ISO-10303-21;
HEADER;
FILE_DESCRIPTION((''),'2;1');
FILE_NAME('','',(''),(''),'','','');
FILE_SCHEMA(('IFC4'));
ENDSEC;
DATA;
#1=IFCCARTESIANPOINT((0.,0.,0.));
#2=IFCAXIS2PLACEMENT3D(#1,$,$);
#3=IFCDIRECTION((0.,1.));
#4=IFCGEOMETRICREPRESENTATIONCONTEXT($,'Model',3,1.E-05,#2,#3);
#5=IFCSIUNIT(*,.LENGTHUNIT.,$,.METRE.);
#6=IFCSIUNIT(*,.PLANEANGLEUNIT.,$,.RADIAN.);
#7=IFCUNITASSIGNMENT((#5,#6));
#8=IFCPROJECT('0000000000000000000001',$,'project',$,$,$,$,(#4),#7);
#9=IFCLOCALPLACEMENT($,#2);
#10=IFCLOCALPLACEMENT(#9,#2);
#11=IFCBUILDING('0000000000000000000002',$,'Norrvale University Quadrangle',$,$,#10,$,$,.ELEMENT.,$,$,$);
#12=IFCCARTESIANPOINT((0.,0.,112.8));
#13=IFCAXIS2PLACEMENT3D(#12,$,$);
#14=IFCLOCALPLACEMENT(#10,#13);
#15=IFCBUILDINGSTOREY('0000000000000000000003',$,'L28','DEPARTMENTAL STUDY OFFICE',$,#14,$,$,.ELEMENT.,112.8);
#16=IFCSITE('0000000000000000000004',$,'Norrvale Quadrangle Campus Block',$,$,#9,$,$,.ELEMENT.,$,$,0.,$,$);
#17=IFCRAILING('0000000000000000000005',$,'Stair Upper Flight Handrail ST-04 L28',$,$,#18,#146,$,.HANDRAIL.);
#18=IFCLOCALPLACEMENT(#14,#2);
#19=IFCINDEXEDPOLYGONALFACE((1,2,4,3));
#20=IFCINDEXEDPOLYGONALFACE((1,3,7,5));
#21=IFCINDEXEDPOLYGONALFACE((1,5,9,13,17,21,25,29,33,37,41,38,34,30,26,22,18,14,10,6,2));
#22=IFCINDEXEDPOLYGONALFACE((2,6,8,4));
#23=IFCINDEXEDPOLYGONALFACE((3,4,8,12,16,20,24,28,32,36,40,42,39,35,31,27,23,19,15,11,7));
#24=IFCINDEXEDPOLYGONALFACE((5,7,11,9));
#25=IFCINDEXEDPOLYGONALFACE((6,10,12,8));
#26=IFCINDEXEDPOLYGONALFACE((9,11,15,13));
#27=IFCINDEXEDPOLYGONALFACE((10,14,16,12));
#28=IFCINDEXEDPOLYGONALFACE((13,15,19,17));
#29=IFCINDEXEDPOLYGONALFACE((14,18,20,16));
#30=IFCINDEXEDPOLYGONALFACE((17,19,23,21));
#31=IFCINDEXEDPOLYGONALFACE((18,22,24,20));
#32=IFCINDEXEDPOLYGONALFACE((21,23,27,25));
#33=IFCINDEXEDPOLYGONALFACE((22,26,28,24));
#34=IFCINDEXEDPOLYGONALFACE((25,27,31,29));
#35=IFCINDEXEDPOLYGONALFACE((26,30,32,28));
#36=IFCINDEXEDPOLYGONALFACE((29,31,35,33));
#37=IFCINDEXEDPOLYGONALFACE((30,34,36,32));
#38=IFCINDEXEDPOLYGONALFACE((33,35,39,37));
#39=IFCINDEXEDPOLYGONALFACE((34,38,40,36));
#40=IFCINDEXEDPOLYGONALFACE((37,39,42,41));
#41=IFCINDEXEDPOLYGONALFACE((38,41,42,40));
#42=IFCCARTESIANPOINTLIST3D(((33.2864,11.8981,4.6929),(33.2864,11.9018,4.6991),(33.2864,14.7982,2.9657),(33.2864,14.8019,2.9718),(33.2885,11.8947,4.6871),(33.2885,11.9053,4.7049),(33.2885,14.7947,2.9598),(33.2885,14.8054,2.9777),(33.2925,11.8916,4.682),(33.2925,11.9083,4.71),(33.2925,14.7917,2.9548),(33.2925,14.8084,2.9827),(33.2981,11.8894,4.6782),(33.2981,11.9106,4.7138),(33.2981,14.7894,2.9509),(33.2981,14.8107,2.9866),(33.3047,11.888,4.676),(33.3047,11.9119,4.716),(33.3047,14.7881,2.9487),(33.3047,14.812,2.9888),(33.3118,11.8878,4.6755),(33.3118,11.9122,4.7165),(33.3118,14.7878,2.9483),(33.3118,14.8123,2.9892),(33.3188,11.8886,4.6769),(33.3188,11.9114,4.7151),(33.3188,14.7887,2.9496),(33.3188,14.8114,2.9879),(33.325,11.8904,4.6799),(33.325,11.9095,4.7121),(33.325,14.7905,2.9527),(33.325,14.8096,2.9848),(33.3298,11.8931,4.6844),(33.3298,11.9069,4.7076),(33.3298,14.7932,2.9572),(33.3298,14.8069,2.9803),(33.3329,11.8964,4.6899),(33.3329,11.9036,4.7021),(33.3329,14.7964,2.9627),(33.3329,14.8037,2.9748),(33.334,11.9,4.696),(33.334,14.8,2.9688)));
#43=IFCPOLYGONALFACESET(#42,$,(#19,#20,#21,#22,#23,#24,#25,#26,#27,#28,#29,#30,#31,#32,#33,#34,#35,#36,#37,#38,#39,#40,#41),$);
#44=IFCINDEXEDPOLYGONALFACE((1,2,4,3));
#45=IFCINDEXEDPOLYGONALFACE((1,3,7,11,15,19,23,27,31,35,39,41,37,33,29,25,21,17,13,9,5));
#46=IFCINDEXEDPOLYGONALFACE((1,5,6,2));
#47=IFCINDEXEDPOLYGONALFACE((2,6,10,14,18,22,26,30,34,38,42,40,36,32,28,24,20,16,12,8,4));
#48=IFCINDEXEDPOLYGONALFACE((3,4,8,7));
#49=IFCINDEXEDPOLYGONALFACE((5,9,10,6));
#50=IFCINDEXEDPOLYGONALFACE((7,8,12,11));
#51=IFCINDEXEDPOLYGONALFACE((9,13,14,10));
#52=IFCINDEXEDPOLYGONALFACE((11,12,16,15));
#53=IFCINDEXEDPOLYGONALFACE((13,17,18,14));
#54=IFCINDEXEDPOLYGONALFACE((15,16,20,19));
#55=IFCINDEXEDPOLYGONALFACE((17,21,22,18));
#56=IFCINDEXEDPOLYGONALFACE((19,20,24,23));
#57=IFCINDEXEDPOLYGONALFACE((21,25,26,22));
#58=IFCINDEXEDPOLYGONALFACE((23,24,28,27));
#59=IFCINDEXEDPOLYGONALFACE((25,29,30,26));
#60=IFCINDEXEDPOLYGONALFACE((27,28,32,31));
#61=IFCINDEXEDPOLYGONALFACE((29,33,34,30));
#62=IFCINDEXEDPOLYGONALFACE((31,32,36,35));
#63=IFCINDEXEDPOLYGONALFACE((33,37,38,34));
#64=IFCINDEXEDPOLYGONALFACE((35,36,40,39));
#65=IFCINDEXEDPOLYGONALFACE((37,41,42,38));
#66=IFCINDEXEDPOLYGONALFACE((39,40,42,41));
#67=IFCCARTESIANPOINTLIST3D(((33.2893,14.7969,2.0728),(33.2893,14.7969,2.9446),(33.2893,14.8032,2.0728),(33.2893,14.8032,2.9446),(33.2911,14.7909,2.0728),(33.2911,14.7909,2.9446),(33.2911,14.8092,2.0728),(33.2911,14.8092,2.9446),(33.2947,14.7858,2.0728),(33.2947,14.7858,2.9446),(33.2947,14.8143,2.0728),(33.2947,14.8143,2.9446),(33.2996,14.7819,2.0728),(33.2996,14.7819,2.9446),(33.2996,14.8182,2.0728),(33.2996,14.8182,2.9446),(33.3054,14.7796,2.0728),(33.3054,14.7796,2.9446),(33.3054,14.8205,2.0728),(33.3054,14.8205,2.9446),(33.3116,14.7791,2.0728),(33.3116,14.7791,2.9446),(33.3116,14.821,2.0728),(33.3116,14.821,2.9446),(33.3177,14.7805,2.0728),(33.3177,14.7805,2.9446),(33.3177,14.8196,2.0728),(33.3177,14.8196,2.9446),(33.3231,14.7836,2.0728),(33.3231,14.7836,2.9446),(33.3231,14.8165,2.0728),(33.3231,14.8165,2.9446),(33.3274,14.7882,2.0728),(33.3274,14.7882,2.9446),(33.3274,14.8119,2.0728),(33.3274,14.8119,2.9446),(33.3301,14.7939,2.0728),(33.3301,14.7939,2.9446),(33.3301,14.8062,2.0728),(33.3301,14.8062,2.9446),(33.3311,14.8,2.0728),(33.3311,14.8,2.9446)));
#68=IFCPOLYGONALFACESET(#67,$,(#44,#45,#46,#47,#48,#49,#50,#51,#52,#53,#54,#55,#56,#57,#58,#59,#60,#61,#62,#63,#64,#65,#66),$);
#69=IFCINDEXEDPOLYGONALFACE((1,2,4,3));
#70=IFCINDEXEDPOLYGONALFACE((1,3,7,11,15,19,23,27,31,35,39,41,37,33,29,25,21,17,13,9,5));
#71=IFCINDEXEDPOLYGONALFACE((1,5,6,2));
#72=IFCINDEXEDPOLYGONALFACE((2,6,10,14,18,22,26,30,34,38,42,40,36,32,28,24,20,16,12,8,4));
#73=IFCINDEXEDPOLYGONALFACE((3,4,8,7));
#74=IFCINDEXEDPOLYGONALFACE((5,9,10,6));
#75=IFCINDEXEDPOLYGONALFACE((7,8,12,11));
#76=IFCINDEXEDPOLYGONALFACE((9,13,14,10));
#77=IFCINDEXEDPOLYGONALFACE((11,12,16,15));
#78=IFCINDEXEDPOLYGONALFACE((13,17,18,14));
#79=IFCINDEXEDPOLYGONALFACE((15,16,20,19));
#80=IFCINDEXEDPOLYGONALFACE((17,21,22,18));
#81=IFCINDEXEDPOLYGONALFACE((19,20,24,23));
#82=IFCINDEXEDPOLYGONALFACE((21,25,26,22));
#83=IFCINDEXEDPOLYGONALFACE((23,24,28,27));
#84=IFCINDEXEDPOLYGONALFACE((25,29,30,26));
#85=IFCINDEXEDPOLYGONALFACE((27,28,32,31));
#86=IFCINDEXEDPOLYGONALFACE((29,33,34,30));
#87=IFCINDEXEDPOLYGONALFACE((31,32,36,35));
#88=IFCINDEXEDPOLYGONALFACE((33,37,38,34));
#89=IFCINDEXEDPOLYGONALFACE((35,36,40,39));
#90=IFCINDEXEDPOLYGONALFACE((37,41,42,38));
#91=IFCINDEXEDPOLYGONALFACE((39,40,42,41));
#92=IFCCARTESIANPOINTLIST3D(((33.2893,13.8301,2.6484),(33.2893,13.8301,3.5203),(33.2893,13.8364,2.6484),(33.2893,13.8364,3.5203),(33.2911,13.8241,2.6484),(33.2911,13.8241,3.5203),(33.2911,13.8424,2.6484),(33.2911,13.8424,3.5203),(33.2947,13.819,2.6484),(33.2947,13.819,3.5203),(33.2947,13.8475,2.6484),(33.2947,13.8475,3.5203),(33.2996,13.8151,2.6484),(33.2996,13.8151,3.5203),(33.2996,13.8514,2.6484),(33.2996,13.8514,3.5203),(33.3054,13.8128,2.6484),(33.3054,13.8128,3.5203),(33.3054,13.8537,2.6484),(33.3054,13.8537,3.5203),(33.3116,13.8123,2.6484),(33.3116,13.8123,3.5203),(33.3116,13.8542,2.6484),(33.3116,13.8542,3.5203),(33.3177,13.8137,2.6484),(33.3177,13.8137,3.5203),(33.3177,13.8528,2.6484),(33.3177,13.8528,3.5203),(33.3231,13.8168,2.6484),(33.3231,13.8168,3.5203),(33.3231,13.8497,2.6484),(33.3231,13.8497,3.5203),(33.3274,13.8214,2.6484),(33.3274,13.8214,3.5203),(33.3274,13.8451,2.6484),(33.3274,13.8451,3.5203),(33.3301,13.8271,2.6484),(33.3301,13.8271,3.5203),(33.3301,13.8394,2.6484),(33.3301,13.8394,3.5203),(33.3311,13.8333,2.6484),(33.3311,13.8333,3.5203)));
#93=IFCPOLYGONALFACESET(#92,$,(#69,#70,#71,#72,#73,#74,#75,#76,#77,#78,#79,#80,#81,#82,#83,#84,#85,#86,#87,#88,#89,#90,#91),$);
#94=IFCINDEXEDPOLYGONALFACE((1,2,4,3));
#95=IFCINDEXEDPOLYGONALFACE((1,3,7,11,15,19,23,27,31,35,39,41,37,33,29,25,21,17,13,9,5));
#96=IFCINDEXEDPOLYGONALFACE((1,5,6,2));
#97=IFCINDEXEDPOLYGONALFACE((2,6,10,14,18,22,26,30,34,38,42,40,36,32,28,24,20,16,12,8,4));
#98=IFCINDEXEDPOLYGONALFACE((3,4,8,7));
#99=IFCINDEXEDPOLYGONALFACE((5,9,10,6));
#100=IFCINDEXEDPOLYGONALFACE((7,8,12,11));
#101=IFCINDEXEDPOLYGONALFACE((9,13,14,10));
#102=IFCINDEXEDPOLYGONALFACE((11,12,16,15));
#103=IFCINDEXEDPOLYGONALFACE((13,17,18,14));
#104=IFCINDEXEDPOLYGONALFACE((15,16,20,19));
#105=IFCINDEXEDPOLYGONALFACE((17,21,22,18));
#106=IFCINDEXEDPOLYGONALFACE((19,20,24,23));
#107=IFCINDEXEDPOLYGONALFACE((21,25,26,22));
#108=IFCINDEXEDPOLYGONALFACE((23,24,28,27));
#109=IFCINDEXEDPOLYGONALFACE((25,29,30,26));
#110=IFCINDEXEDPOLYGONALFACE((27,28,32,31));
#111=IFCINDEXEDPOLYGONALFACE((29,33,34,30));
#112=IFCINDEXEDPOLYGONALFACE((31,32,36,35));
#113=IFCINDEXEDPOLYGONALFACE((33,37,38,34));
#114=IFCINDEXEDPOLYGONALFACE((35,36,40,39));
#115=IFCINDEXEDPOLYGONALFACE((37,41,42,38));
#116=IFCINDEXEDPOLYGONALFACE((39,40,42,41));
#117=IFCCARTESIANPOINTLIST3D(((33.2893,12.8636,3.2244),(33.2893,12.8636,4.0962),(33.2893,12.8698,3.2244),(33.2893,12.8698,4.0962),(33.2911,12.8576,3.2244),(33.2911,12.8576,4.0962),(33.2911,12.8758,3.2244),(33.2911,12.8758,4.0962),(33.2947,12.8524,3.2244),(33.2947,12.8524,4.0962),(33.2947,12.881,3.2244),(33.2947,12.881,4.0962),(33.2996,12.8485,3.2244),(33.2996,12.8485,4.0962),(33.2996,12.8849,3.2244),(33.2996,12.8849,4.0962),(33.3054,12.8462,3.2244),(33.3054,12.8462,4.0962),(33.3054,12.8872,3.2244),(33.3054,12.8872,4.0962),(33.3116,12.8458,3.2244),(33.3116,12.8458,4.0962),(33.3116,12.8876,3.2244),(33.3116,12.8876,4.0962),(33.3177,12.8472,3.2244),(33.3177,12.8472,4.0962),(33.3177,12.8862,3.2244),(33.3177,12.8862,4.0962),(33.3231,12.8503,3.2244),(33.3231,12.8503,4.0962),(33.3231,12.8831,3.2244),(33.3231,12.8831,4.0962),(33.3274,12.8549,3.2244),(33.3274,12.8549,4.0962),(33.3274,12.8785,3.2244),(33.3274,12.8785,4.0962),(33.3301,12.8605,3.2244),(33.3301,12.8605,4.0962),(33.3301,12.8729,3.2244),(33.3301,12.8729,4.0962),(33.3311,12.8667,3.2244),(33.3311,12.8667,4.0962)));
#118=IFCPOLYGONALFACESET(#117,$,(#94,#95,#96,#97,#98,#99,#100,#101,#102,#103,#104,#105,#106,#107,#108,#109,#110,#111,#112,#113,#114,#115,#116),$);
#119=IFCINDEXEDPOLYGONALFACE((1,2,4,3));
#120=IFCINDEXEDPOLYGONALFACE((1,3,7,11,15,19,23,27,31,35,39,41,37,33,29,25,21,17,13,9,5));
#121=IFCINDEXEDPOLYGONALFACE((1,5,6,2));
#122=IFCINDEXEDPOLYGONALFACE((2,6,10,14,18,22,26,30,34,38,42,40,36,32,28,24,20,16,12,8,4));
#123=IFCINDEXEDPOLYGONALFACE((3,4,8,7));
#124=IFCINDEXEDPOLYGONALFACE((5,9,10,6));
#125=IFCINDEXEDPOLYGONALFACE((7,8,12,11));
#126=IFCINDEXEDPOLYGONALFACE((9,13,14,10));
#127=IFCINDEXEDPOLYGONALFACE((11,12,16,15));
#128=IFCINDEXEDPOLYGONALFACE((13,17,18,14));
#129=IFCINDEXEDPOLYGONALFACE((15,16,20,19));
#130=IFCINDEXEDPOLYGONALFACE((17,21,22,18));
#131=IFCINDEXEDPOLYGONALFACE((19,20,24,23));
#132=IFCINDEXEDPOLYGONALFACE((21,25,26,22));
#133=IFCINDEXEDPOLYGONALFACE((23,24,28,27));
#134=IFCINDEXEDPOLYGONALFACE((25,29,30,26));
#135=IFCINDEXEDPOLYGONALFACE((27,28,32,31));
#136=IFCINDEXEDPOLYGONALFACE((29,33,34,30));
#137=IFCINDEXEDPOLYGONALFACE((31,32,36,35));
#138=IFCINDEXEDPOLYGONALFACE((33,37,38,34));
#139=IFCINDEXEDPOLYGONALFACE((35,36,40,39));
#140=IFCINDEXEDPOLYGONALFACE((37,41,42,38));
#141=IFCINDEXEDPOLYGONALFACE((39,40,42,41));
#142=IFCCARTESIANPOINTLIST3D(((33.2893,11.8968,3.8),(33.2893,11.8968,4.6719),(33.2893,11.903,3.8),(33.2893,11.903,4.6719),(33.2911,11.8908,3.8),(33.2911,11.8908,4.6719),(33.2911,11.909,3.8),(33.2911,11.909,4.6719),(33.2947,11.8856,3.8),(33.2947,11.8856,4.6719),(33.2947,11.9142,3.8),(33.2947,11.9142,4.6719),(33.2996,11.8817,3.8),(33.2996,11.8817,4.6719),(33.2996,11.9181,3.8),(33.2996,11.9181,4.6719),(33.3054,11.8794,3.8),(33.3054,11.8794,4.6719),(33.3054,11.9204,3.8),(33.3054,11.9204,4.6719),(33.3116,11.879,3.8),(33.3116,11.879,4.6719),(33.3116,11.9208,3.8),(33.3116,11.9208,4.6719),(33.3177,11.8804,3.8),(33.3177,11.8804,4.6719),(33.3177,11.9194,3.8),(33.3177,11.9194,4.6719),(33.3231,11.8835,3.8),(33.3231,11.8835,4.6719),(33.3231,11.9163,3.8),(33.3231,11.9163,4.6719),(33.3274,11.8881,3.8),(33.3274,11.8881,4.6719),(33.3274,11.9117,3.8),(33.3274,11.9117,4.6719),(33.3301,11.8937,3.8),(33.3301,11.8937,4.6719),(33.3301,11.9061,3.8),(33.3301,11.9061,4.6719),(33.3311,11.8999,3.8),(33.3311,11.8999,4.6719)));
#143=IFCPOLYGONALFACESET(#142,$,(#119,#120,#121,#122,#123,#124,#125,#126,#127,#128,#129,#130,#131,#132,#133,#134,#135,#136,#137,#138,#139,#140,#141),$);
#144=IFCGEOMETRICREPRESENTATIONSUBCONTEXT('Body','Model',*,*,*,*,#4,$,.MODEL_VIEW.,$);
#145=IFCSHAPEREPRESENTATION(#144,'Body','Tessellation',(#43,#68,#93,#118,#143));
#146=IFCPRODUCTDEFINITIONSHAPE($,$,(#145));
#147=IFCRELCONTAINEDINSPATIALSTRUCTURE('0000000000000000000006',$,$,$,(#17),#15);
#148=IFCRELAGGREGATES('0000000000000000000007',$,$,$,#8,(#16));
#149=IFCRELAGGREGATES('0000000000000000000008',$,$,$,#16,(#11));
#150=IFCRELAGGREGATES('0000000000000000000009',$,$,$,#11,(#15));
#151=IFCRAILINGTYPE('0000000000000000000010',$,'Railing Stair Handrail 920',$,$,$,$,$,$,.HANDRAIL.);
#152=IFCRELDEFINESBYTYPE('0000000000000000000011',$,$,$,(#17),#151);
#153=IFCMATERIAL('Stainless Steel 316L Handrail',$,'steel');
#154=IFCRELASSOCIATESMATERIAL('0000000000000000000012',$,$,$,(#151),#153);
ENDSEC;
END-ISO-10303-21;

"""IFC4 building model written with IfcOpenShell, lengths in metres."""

from ifc_helpers import new_model, si_unit, direction, frame, origin, origin_2d, place, context, subcontext, project, spatial, circle, extrude, material, type_object, element, save


model = new_model("IFC4")

# Units and contexts
model_context = context("Model", 3, precision=1e-05, world=origin(), true_north=direction((0.0, 1.0)))
body_context = subcontext(model_context, "Body", "Model", "MODEL_VIEW")
ifc_project = project(units=[si_unit("LENGTHUNIT", "METRE"), si_unit("PLANEANGLEUNIT", "RADIAN")], contexts=[model_context])

# Site, building, storey
site_placement = place(None, origin())
site = spatial("IfcSite", under=ifc_project, at=site_placement, Name="Norrvale Quadrangle Campus Block", CompositionType="ELEMENT", RefElevation=0.0)
building_placement = place(site_placement, origin())
building = spatial("IfcBuilding", under=site, at=building_placement, Name="Norrvale University Quadrangle", CompositionType="ELEMENT")
storey_placement = place(building_placement, frame((0.0, 0.0, 112.8)))
storey = spatial("IfcBuildingStorey", under=building, at=storey_placement, Name="L28", Description="DEPARTMENTAL STUDY OFFICE", CompositionType="ELEMENT", Elevation=112.8)

# Railing
ifc_material_1 = material(Name="Stainless Steel 316L Handrail", Category="steel")
railing_type_1 = type_object("IfcRailingType", Name="Railing Stair Handrail 920", PredefinedType="HANDRAIL", material=ifc_material_1)
railing_1_placement = place(storey_placement, frame((33.3101, 14.8, 2.0728)))
element("IfcRailing", 1, at=railing_1_placement, inside=storey, type_object=railing_type_1, Name="Stair Upper Flight Handrail ST-04 L28", PredefinedType="HANDRAIL", context=body_context, shape_type="SweptSolid", body=[
    extrude(circle(Radius=0.0239, at=origin_2d()), frame((0.0, 0.0, 0.896), z_axis=(0.0, -0.85916, 0.511706), x_axis=(1.0, 0.0, 0.0)), (0.0, 0.0, 1.0), 3.3755),
    extrude(circle(Radius=0.021, at=origin_2d()), origin(), (0.0, 0.0, 1.0), 0.8718),
    extrude(circle(Radius=0.021, at=origin_2d()), frame((0.0, -0.9668, 0.5757)), (0.0, 0.0, 1.0), 0.8718),
    extrude(circle(Radius=0.021, at=origin_2d()), frame((0.0, -1.9333, 1.1516)), (0.0, 0.0, 1.0), 0.8718),
    extrude(circle(Radius=0.021, at=origin_2d()), frame((0.0, -2.9001, 1.7273)), (0.0, 0.0, 1.0), 0.8718),
])

save(model, "model.ifc")
